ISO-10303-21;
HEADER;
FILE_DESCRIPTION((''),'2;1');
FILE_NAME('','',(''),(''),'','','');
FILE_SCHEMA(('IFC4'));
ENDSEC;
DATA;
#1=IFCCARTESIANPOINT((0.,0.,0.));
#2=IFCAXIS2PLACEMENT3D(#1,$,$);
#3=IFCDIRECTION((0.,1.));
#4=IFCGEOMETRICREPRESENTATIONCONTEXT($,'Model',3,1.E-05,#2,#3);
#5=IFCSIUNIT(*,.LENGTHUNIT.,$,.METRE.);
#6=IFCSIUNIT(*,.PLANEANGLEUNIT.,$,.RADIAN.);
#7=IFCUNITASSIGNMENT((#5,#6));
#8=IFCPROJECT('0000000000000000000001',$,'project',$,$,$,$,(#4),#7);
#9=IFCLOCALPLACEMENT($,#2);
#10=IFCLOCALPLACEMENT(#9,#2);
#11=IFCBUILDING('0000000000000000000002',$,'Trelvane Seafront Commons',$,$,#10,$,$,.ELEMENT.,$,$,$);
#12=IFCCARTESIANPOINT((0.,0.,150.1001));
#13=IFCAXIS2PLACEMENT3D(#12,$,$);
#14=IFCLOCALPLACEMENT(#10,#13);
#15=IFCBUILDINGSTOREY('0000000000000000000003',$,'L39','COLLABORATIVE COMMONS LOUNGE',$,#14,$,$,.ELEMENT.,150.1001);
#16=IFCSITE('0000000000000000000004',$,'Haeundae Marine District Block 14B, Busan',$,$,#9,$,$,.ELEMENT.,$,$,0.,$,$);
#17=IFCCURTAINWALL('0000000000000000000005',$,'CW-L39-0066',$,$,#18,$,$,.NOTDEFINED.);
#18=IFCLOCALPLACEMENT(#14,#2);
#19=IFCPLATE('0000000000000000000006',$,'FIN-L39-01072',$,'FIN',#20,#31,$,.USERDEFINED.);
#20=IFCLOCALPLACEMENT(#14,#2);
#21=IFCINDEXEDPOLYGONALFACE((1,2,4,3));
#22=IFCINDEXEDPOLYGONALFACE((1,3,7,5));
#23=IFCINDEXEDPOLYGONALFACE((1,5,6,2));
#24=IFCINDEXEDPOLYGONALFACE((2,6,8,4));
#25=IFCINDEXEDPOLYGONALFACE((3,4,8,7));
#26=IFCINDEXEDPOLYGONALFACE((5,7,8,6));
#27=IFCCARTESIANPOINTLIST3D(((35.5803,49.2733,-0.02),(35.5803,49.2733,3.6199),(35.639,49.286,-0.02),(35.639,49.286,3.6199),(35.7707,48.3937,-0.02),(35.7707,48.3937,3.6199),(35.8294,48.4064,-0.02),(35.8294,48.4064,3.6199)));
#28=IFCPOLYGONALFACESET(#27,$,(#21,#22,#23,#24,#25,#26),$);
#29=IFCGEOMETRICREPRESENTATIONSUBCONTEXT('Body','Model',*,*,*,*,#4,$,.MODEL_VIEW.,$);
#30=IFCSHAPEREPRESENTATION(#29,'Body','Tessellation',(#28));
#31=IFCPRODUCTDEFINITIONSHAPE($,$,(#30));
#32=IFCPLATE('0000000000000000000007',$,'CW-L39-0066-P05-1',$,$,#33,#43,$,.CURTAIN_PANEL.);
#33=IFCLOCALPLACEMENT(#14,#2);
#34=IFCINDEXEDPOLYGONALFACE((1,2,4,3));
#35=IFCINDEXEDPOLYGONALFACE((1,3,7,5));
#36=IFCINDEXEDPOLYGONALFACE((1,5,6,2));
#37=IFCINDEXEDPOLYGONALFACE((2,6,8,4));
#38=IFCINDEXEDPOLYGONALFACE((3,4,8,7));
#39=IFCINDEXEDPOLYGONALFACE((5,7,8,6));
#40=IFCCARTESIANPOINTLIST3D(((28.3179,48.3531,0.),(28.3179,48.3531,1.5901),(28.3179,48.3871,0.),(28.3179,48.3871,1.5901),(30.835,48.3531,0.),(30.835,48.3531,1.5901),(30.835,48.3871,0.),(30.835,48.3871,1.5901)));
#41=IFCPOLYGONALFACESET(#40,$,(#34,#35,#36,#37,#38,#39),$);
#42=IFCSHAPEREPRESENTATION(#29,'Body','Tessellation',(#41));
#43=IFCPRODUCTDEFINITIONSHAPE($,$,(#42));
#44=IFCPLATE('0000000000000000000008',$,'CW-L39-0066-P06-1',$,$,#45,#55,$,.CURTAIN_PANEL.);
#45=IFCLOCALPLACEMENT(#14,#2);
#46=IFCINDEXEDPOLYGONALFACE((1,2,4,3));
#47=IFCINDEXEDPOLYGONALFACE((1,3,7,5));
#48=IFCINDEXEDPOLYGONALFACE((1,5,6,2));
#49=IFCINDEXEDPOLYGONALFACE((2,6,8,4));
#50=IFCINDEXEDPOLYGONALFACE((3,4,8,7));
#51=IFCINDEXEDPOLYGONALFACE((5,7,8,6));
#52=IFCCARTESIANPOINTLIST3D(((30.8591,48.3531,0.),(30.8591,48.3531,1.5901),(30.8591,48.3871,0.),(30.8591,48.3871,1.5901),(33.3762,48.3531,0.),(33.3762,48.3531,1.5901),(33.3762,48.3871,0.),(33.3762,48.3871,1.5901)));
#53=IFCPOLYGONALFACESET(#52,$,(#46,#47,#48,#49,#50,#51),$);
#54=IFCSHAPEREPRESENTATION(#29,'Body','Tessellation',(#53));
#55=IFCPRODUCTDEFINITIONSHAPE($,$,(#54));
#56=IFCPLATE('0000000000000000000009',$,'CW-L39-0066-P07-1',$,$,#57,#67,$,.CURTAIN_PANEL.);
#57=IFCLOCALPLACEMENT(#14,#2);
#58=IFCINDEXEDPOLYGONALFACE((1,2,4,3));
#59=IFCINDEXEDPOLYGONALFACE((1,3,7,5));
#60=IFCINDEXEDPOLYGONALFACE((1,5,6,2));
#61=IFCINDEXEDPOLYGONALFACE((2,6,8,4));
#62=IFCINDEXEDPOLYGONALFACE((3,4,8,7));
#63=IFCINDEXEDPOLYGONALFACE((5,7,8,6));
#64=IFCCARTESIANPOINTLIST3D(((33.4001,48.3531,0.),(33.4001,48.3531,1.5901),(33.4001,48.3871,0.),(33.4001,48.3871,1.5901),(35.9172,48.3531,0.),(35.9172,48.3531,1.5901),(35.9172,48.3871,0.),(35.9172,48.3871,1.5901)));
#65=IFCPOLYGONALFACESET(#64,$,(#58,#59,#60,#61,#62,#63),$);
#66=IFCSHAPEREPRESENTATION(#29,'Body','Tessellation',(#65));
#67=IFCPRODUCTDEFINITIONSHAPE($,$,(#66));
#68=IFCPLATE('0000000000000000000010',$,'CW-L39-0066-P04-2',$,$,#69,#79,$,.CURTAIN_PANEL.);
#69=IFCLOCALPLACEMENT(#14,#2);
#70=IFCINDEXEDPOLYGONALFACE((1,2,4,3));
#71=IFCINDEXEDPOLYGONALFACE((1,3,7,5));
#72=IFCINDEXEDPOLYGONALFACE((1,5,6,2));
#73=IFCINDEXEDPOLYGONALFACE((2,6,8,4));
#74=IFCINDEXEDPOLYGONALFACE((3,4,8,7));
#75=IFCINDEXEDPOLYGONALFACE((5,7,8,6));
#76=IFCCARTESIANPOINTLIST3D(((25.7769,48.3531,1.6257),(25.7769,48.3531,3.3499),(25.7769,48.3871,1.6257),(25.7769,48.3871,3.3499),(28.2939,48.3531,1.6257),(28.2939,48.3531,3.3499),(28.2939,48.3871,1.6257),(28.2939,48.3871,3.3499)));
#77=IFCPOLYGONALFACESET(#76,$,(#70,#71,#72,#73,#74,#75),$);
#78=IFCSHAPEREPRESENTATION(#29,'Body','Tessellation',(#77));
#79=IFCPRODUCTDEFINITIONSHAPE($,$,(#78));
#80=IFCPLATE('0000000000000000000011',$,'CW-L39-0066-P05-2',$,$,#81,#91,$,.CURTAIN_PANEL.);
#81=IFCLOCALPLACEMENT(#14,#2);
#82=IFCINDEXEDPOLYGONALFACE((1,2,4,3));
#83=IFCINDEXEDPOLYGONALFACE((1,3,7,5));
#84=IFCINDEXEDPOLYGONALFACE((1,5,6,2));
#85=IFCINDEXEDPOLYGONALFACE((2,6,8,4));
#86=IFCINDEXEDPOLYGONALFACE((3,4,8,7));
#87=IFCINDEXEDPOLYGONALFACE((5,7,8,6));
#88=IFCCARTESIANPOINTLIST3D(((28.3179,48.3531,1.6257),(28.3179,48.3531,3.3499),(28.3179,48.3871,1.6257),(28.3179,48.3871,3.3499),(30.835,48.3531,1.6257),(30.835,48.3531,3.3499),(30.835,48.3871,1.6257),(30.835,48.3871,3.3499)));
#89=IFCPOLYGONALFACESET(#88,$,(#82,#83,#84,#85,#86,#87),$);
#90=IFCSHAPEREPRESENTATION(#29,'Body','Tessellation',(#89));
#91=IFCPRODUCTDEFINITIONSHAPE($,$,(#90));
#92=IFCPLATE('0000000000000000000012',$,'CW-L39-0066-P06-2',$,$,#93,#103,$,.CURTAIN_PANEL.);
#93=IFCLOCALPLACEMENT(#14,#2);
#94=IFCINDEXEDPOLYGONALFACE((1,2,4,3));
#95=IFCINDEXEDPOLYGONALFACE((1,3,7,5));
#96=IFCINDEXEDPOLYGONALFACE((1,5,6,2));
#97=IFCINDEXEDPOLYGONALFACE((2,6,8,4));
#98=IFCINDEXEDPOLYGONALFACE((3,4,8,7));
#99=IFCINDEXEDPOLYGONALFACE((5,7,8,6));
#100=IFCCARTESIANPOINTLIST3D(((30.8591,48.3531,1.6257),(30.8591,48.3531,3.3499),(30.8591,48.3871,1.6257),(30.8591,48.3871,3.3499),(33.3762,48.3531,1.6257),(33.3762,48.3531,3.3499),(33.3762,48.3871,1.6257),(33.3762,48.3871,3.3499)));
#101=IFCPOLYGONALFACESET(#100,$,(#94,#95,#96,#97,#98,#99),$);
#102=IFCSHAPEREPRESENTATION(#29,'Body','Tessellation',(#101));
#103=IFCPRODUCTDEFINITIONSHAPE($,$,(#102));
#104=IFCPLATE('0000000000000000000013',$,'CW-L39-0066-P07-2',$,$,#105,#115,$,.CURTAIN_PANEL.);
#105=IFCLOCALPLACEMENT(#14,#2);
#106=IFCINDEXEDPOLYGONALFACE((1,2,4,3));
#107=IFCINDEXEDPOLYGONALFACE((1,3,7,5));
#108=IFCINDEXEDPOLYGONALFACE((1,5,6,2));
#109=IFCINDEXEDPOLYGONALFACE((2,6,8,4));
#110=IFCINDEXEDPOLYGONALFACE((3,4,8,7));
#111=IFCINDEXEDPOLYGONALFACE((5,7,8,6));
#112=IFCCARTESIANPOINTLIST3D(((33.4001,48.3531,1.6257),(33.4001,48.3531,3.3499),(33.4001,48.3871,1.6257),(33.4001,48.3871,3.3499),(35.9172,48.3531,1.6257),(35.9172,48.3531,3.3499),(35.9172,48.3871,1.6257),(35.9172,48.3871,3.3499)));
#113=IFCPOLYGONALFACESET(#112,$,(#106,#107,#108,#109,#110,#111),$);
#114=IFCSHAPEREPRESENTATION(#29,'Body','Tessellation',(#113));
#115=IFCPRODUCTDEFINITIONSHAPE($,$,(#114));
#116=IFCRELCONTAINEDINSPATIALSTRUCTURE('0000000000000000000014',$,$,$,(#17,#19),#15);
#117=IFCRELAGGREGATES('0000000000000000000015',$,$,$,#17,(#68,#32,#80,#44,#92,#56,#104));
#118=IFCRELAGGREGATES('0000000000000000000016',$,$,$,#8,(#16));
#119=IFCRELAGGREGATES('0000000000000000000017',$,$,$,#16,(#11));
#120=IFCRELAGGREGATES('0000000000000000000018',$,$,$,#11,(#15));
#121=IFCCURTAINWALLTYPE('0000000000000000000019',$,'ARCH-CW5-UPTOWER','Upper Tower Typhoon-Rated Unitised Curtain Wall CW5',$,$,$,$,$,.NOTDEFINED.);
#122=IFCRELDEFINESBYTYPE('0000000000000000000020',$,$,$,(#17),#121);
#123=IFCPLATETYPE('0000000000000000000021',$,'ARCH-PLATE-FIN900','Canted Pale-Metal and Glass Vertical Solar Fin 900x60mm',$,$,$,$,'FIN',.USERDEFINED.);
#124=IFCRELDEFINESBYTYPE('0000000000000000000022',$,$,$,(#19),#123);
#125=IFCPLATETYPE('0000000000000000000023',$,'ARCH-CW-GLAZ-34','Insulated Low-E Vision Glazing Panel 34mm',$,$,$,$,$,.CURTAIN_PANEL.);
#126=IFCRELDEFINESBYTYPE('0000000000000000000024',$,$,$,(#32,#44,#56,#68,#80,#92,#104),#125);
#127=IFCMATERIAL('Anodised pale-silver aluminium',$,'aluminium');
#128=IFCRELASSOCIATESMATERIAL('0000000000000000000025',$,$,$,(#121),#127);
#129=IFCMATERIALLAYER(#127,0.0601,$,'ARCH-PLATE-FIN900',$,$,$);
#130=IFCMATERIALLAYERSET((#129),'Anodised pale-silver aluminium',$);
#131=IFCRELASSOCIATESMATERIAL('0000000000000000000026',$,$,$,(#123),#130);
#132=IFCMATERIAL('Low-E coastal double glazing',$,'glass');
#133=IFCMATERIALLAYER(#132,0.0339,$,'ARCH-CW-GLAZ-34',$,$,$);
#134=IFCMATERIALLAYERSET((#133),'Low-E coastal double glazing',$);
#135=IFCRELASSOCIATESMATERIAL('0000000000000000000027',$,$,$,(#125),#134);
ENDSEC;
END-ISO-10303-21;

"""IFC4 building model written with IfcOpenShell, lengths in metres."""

from ifc_helpers import new_model, si_unit, direction, frame, origin, origin_2d, place, context, subcontext, project, spatial, rectangle, extrude, source, transform, mapped, material, layer, layer_set, type_object, element, aggregate, save


model = new_model("IFC4")

# Units and contexts
model_context = context("Model", 3, precision=1e-05, world=origin(), true_north=direction((0.0, 1.0)))
body_context = subcontext(model_context, "Body", "Model", "MODEL_VIEW")
ifc_project = project(units=[si_unit("LENGTHUNIT", "METRE"), si_unit("PLANEANGLEUNIT", "RADIAN")], contexts=[model_context])

# Site, building, storey
site_placement = place(None, origin())
site = spatial("IfcSite", under=ifc_project, at=site_placement, Name="Haeundae Marine District Block 14B, Busan", CompositionType="ELEMENT", RefElevation=0.0)
building_placement = place(site_placement, origin())
building = spatial("IfcBuilding", under=site, at=building_placement, Name="Trelvane Seafront Commons", CompositionType="ELEMENT")
storey_placement = place(building_placement, frame((0.0, 0.0, 150.1001)))
storey = spatial("IfcBuildingStorey", under=building, at=storey_placement, Name="L39", Description="COLLABORATIVE COMMONS LOUNGE", CompositionType="ELEMENT", Elevation=150.1001)

# Curtain wall
ifc_material_1 = material(Name="Anodised pale-silver aluminium", Category="aluminium")
curtain_wall_type = type_object("IfcCurtainWallType", Name="ARCH-CW5-UPTOWER", Description="Upper Tower Typhoon-Rated Unitised Curtain Wall CW5", PredefinedType="NOTDEFINED", material=ifc_material_1)
curtain_wall_placement = place(storey_placement, origin())
curtain_wall = element("IfcCurtainWall", 1, at=curtain_wall_placement, inside=storey, type_object=curtain_wall_type, Name="CW-L39-0066", PredefinedType="NOTDEFINED")

# Plate
ifc_layer_1 = layer(ifc_material_1, 0.0601, Name="ARCH-PLATE-FIN900")
ifc_layer_set_1 = layer_set([ifc_layer_1], Name="Anodised pale-silver aluminium")
plate_type_1 = type_object("IfcPlateType", Name="ARCH-PLATE-FIN900", Description="Canted Pale-Metal and Glass Vertical Solar Fin 900x60mm", ElementType="FIN", PredefinedType="USERDEFINED", material=ifc_layer_set_1)
shared_shape_1 = source(origin(), body_context, "Body", "SweptSolid", [
    extrude(rectangle(XDim=0.8999, YDim=0.0601, at=origin_2d()), origin(), (0.0, 0.0, 1.0), 3.6399),
])
for number, where, z_axis, x_axis, name in (
    (2, (35.7048, 48.8398, -0.02), (0.0, 0.0, 1.0), (-0.211562, 0.977365, 0.0), "FIN-L39-01072"),
):
    element("IfcPlate", number, at=place(storey_placement, frame(where, z_axis=z_axis, x_axis=x_axis)), inside=storey, type_object=plate_type_1, Name=name, ObjectType="FIN", PredefinedType="USERDEFINED", context=body_context, shape_type="MappedRepresentation", body=[
        mapped(shared_shape_1, transform((0.0, 0.0, 0.0), x_axis=(1.0, 0.0, 0.0), y_axis=(0.0, 1.0, 0.0), z_axis=(0.0, 0.0, 1.0), scale=1.0)),
    ])

# Plates
ifc_material_2 = material(Name="Low-E coastal double glazing", Category="glass")
ifc_layer_2 = layer(ifc_material_2, 0.0339, Name="ARCH-CW-GLAZ-34")
ifc_layer_set_2 = layer_set([ifc_layer_2], Name="Low-E coastal double glazing")
plate_type_2 = type_object("IfcPlateType", Name="ARCH-CW-GLAZ-34", Description="Insulated Low-E Vision Glazing Panel 34mm", PredefinedType="CURTAIN_PANEL", material=ifc_layer_set_2)
shared_shape_2 = source(origin(), body_context, "Body", "SweptSolid", [
    extrude(rectangle(XDim=2.5171, YDim=0.0339, at=origin_2d()), origin(), (0.0, 0.0, 1.0), 1.5901),
])
plate_1_placement = place(storey_placement, frame((29.5764, 48.3701, 0.0), z_axis=(0.0, 0.0, 1.0), x_axis=(1.0, 0.0, 0.0)))
plate_1 = element("IfcPlate", 3, at=plate_1_placement, type_object=plate_type_2, Name="CW-L39-0066-P05-1", PredefinedType="CURTAIN_PANEL", context=body_context, shape_type="MappedRepresentation", body=[
    mapped(shared_shape_2, transform((0.0, 0.0, 0.0), x_axis=(1.0, 0.0, 0.0), y_axis=(0.0, 1.0, 0.0), z_axis=(0.0, 0.0, 1.0), scale=1.0)),
])
plate_2_placement = place(storey_placement, frame((32.1177, 48.3701, 0.0), z_axis=(0.0, 0.0, 1.0), x_axis=(1.0, 0.0, 0.0)))
plate_2 = element("IfcPlate", 4, at=plate_2_placement, type_object=plate_type_2, Name="CW-L39-0066-P06-1", PredefinedType="CURTAIN_PANEL", context=body_context, shape_type="MappedRepresentation", body=[
    mapped(shared_shape_2, transform((0.0, 0.0, 0.0), x_axis=(1.0, 0.0, 0.0), y_axis=(0.0, 1.0, 0.0), z_axis=(0.0, 0.0, 1.0), scale=1.0)),
])
plate_3_placement = place(storey_placement, frame((34.6587, 48.3701, 0.0), z_axis=(0.0, 0.0, 1.0), x_axis=(1.0, 0.0, 0.0)))
plate_3 = element("IfcPlate", 5, at=plate_3_placement, type_object=plate_type_2, Name="CW-L39-0066-P07-1", PredefinedType="CURTAIN_PANEL", context=body_context, shape_type="MappedRepresentation", body=[
    mapped(shared_shape_2, transform((0.0, 0.0, 0.0), x_axis=(1.0, 0.0, 0.0), y_axis=(0.0, 1.0, 0.0), z_axis=(0.0, 0.0, 1.0), scale=1.0)),
])
shared_shape_3 = source(origin(), body_context, "Body", "SweptSolid", [
    extrude(rectangle(XDim=2.5171, YDim=0.0339, at=origin_2d()), origin(), (0.0, 0.0, 1.0), 1.7241),
])
plate_4_placement = place(storey_placement, frame((27.0354, 48.3701, 1.6257), z_axis=(0.0, 0.0, 1.0), x_axis=(1.0, 0.0, 0.0)))
plate_4 = element("IfcPlate", 6, at=plate_4_placement, type_object=plate_type_2, Name="CW-L39-0066-P04-2", PredefinedType="CURTAIN_PANEL", context=body_context, shape_type="MappedRepresentation", body=[
    mapped(shared_shape_3, transform((0.0, 0.0, 0.0), x_axis=(1.0, 0.0, 0.0), y_axis=(0.0, 1.0, 0.0), z_axis=(0.0, 0.0, 1.0), scale=1.0)),
])
plate_5_placement = place(storey_placement, frame((29.5764, 48.3701, 1.6257), z_axis=(0.0, 0.0, 1.0), x_axis=(1.0, 0.0, 0.0)))
plate_5 = element("IfcPlate", 7, at=plate_5_placement, type_object=plate_type_2, Name="CW-L39-0066-P05-2", PredefinedType="CURTAIN_PANEL", context=body_context, shape_type="MappedRepresentation", body=[
    mapped(shared_shape_3, transform((0.0, 0.0, 0.0), x_axis=(1.0, 0.0, 0.0), y_axis=(0.0, 1.0, 0.0), z_axis=(0.0, 0.0, 1.0), scale=1.0)),
])
plate_6_placement = place(storey_placement, frame((32.1177, 48.3701, 1.6257), z_axis=(0.0, 0.0, 1.0), x_axis=(1.0, 0.0, 0.0)))
plate_6 = element("IfcPlate", 8, at=plate_6_placement, type_object=plate_type_2, Name="CW-L39-0066-P06-2", PredefinedType="CURTAIN_PANEL", context=body_context, shape_type="MappedRepresentation", body=[
    mapped(shared_shape_3, transform((0.0, 0.0, 0.0), x_axis=(1.0, 0.0, 0.0), y_axis=(0.0, 1.0, 0.0), z_axis=(0.0, 0.0, 1.0), scale=1.0)),
])
plate_7_placement = place(storey_placement, frame((34.6587, 48.3701, 1.6257), z_axis=(0.0, 0.0, 1.0), x_axis=(1.0, 0.0, 0.0)))
plate_7 = element("IfcPlate", 9, at=plate_7_placement, type_object=plate_type_2, Name="CW-L39-0066-P07-2", PredefinedType="CURTAIN_PANEL", context=body_context, shape_type="MappedRepresentation", body=[
    mapped(shared_shape_3, transform((0.0, 0.0, 0.0), x_axis=(1.0, 0.0, 0.0), y_axis=(0.0, 1.0, 0.0), z_axis=(0.0, 0.0, 1.0), scale=1.0)),
])
aggregate(curtain_wall, [plate_4, plate_1, plate_5, plate_2, plate_6, plate_3, plate_7])

save(model, "model.ifc")
